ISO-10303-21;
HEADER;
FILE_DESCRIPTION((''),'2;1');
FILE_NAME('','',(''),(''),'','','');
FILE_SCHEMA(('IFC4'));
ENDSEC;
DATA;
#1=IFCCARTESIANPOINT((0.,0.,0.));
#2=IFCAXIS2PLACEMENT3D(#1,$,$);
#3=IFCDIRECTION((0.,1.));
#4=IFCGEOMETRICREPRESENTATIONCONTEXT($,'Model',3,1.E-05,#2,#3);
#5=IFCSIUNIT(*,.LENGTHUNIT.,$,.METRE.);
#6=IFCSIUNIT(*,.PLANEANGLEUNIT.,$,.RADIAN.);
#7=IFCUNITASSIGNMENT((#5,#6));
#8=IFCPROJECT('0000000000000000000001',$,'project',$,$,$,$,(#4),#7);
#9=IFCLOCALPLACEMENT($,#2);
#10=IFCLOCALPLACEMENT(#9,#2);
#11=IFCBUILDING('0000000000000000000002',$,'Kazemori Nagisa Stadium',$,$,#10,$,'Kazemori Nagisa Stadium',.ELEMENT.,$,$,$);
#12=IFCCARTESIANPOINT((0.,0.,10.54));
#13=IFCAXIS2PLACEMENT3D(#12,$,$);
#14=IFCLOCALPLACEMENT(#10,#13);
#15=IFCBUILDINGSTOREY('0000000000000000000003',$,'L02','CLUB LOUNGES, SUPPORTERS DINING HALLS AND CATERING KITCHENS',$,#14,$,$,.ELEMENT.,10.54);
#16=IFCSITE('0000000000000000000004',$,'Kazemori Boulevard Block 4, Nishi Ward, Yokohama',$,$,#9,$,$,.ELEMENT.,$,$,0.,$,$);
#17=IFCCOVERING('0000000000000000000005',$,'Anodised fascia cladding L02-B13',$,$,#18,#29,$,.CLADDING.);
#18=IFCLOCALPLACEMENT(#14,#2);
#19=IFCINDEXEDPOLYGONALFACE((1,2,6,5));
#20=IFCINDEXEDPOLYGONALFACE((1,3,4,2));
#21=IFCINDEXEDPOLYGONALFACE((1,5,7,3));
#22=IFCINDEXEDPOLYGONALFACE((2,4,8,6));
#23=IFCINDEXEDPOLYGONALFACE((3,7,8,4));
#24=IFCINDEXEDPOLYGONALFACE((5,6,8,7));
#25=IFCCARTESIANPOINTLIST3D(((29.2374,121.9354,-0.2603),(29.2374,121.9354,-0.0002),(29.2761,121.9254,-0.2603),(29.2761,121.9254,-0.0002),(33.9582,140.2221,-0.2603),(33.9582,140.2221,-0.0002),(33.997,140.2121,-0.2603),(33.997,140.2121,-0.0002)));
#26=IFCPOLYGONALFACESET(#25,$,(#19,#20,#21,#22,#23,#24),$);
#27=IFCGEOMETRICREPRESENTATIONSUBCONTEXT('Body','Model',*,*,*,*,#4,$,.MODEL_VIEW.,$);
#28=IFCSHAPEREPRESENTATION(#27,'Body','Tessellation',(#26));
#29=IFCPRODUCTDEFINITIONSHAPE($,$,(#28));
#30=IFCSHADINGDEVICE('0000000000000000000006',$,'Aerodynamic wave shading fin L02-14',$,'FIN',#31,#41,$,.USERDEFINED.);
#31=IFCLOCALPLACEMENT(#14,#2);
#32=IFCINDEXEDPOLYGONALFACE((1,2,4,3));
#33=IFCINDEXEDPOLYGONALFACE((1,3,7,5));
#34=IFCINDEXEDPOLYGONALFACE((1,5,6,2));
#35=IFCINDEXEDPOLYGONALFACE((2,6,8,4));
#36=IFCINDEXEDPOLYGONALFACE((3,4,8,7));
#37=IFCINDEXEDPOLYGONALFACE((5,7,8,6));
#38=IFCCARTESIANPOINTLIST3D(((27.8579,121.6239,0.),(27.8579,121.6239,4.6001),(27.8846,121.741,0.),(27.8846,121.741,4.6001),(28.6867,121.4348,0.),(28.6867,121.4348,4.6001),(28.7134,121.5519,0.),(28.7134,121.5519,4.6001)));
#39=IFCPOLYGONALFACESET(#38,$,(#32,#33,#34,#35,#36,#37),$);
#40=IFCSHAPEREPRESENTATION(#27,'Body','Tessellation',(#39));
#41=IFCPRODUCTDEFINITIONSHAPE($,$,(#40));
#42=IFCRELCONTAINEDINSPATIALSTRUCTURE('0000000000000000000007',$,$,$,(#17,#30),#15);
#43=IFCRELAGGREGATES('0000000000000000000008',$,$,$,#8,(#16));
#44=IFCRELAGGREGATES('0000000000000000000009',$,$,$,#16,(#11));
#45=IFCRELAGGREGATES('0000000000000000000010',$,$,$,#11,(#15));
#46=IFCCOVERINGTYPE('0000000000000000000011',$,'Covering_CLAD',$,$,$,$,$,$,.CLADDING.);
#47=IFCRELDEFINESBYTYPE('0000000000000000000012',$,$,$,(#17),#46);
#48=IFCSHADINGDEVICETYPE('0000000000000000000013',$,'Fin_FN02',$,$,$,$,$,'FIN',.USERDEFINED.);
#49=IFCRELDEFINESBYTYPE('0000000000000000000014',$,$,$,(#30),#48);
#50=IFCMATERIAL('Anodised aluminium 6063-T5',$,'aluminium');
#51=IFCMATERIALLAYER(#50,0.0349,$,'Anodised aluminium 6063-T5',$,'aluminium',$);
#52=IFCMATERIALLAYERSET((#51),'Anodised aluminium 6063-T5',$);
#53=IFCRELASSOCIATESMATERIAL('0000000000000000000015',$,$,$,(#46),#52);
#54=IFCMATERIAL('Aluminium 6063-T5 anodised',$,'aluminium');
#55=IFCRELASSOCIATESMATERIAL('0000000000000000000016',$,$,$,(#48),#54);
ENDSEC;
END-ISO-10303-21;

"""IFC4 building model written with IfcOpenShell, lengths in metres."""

from ifc_helpers import new_model, si_unit, direction, frame, origin, origin_2d, place, context, subcontext, project, spatial, rectangle, extrude, material, layer, layer_set, type_object, element, save


model = new_model("IFC4")

# Units and contexts
model_context = context("Model", 3, precision=1e-05, world=origin(), true_north=direction((0.0, 1.0)))
body_context = subcontext(model_context, "Body", "Model", "MODEL_VIEW")
ifc_project = project(units=[si_unit("LENGTHUNIT", "METRE"), si_unit("PLANEANGLEUNIT", "RADIAN")], contexts=[model_context])

# Site, building, storey
site_placement = place(None, origin())
site = spatial("IfcSite", under=ifc_project, at=site_placement, Name="Kazemori Boulevard Block 4, Nishi Ward, Yokohama", CompositionType="ELEMENT", RefElevation=0.0)
building_placement = place(site_placement, origin())
building = spatial("IfcBuilding", under=site, at=building_placement, Name="Kazemori Nagisa Stadium", LongName="Kazemori Nagisa Stadium", CompositionType="ELEMENT")
storey_placement = place(building_placement, frame((0.0, 0.0, 10.54)))
storey = spatial("IfcBuildingStorey", under=building, at=storey_placement, Name="L02", Description="CLUB LOUNGES, SUPPORTERS DINING HALLS AND CATERING KITCHENS", CompositionType="ELEMENT", Elevation=10.54)

# Shared definitions
ifc_material_1 = material(Name="Anodised aluminium 6063-T5", Category="aluminium")
ifc_material_2 = material(Name="Aluminium 6063-T5 anodised", Category="aluminium")

# Covering
ifc_layer_1 = layer(ifc_material_1, 0.0349, Name="Anodised aluminium 6063-T5", Category="aluminium")
ifc_layer_set_1 = layer_set([ifc_layer_1], Name="Anodised aluminium 6063-T5")
covering_type = type_object("IfcCoveringType", Name="Covering_CLAD", PredefinedType="CLADDING", material=ifc_layer_set_1)
covering_placement = place(storey_placement, frame((31.6172, 131.0737, -0.2603), z_axis=(0.0, 0.0, 1.0), x_axis=(-0.249965, -0.968255, 0.0)))
element("IfcCovering", 1, at=covering_placement, inside=storey, type_object=covering_type, Name="Anodised fascia cladding L02-B13", PredefinedType="CLADDING", context=body_context, shape_type="SweptSolid", body=[
    extrude(rectangle(XDim=18.8862, YDim=0.04, at=origin_2d()), origin(), (0.0, 0.0, 1.0), 0.26),
])

# Shading device
shading_device_type = type_object("IfcShadingDeviceType", Name="Fin_FN02", ElementType="FIN", PredefinedType="USERDEFINED", material=ifc_material_2)
shading_device_placement = place(storey_placement, frame((28.2856, 121.5879, 0.0), z_axis=(0.0, 0.0, 1.0), x_axis=(-0.974928, 0.222521, 0.0)))
element("IfcShadingDevice", 2, at=shading_device_placement, inside=storey, type_object=shading_device_type, Name="Aerodynamic wave shading fin L02-14", ObjectType="FIN", PredefinedType="USERDEFINED", context=body_context, shape_type="SweptSolid", body=[
    extrude(rectangle(XDim=0.8501, YDim=0.1201, at=origin_2d()), origin(), (0.0, 0.0, 1.0), 4.6001),
])

save(model, "model.ifc")
